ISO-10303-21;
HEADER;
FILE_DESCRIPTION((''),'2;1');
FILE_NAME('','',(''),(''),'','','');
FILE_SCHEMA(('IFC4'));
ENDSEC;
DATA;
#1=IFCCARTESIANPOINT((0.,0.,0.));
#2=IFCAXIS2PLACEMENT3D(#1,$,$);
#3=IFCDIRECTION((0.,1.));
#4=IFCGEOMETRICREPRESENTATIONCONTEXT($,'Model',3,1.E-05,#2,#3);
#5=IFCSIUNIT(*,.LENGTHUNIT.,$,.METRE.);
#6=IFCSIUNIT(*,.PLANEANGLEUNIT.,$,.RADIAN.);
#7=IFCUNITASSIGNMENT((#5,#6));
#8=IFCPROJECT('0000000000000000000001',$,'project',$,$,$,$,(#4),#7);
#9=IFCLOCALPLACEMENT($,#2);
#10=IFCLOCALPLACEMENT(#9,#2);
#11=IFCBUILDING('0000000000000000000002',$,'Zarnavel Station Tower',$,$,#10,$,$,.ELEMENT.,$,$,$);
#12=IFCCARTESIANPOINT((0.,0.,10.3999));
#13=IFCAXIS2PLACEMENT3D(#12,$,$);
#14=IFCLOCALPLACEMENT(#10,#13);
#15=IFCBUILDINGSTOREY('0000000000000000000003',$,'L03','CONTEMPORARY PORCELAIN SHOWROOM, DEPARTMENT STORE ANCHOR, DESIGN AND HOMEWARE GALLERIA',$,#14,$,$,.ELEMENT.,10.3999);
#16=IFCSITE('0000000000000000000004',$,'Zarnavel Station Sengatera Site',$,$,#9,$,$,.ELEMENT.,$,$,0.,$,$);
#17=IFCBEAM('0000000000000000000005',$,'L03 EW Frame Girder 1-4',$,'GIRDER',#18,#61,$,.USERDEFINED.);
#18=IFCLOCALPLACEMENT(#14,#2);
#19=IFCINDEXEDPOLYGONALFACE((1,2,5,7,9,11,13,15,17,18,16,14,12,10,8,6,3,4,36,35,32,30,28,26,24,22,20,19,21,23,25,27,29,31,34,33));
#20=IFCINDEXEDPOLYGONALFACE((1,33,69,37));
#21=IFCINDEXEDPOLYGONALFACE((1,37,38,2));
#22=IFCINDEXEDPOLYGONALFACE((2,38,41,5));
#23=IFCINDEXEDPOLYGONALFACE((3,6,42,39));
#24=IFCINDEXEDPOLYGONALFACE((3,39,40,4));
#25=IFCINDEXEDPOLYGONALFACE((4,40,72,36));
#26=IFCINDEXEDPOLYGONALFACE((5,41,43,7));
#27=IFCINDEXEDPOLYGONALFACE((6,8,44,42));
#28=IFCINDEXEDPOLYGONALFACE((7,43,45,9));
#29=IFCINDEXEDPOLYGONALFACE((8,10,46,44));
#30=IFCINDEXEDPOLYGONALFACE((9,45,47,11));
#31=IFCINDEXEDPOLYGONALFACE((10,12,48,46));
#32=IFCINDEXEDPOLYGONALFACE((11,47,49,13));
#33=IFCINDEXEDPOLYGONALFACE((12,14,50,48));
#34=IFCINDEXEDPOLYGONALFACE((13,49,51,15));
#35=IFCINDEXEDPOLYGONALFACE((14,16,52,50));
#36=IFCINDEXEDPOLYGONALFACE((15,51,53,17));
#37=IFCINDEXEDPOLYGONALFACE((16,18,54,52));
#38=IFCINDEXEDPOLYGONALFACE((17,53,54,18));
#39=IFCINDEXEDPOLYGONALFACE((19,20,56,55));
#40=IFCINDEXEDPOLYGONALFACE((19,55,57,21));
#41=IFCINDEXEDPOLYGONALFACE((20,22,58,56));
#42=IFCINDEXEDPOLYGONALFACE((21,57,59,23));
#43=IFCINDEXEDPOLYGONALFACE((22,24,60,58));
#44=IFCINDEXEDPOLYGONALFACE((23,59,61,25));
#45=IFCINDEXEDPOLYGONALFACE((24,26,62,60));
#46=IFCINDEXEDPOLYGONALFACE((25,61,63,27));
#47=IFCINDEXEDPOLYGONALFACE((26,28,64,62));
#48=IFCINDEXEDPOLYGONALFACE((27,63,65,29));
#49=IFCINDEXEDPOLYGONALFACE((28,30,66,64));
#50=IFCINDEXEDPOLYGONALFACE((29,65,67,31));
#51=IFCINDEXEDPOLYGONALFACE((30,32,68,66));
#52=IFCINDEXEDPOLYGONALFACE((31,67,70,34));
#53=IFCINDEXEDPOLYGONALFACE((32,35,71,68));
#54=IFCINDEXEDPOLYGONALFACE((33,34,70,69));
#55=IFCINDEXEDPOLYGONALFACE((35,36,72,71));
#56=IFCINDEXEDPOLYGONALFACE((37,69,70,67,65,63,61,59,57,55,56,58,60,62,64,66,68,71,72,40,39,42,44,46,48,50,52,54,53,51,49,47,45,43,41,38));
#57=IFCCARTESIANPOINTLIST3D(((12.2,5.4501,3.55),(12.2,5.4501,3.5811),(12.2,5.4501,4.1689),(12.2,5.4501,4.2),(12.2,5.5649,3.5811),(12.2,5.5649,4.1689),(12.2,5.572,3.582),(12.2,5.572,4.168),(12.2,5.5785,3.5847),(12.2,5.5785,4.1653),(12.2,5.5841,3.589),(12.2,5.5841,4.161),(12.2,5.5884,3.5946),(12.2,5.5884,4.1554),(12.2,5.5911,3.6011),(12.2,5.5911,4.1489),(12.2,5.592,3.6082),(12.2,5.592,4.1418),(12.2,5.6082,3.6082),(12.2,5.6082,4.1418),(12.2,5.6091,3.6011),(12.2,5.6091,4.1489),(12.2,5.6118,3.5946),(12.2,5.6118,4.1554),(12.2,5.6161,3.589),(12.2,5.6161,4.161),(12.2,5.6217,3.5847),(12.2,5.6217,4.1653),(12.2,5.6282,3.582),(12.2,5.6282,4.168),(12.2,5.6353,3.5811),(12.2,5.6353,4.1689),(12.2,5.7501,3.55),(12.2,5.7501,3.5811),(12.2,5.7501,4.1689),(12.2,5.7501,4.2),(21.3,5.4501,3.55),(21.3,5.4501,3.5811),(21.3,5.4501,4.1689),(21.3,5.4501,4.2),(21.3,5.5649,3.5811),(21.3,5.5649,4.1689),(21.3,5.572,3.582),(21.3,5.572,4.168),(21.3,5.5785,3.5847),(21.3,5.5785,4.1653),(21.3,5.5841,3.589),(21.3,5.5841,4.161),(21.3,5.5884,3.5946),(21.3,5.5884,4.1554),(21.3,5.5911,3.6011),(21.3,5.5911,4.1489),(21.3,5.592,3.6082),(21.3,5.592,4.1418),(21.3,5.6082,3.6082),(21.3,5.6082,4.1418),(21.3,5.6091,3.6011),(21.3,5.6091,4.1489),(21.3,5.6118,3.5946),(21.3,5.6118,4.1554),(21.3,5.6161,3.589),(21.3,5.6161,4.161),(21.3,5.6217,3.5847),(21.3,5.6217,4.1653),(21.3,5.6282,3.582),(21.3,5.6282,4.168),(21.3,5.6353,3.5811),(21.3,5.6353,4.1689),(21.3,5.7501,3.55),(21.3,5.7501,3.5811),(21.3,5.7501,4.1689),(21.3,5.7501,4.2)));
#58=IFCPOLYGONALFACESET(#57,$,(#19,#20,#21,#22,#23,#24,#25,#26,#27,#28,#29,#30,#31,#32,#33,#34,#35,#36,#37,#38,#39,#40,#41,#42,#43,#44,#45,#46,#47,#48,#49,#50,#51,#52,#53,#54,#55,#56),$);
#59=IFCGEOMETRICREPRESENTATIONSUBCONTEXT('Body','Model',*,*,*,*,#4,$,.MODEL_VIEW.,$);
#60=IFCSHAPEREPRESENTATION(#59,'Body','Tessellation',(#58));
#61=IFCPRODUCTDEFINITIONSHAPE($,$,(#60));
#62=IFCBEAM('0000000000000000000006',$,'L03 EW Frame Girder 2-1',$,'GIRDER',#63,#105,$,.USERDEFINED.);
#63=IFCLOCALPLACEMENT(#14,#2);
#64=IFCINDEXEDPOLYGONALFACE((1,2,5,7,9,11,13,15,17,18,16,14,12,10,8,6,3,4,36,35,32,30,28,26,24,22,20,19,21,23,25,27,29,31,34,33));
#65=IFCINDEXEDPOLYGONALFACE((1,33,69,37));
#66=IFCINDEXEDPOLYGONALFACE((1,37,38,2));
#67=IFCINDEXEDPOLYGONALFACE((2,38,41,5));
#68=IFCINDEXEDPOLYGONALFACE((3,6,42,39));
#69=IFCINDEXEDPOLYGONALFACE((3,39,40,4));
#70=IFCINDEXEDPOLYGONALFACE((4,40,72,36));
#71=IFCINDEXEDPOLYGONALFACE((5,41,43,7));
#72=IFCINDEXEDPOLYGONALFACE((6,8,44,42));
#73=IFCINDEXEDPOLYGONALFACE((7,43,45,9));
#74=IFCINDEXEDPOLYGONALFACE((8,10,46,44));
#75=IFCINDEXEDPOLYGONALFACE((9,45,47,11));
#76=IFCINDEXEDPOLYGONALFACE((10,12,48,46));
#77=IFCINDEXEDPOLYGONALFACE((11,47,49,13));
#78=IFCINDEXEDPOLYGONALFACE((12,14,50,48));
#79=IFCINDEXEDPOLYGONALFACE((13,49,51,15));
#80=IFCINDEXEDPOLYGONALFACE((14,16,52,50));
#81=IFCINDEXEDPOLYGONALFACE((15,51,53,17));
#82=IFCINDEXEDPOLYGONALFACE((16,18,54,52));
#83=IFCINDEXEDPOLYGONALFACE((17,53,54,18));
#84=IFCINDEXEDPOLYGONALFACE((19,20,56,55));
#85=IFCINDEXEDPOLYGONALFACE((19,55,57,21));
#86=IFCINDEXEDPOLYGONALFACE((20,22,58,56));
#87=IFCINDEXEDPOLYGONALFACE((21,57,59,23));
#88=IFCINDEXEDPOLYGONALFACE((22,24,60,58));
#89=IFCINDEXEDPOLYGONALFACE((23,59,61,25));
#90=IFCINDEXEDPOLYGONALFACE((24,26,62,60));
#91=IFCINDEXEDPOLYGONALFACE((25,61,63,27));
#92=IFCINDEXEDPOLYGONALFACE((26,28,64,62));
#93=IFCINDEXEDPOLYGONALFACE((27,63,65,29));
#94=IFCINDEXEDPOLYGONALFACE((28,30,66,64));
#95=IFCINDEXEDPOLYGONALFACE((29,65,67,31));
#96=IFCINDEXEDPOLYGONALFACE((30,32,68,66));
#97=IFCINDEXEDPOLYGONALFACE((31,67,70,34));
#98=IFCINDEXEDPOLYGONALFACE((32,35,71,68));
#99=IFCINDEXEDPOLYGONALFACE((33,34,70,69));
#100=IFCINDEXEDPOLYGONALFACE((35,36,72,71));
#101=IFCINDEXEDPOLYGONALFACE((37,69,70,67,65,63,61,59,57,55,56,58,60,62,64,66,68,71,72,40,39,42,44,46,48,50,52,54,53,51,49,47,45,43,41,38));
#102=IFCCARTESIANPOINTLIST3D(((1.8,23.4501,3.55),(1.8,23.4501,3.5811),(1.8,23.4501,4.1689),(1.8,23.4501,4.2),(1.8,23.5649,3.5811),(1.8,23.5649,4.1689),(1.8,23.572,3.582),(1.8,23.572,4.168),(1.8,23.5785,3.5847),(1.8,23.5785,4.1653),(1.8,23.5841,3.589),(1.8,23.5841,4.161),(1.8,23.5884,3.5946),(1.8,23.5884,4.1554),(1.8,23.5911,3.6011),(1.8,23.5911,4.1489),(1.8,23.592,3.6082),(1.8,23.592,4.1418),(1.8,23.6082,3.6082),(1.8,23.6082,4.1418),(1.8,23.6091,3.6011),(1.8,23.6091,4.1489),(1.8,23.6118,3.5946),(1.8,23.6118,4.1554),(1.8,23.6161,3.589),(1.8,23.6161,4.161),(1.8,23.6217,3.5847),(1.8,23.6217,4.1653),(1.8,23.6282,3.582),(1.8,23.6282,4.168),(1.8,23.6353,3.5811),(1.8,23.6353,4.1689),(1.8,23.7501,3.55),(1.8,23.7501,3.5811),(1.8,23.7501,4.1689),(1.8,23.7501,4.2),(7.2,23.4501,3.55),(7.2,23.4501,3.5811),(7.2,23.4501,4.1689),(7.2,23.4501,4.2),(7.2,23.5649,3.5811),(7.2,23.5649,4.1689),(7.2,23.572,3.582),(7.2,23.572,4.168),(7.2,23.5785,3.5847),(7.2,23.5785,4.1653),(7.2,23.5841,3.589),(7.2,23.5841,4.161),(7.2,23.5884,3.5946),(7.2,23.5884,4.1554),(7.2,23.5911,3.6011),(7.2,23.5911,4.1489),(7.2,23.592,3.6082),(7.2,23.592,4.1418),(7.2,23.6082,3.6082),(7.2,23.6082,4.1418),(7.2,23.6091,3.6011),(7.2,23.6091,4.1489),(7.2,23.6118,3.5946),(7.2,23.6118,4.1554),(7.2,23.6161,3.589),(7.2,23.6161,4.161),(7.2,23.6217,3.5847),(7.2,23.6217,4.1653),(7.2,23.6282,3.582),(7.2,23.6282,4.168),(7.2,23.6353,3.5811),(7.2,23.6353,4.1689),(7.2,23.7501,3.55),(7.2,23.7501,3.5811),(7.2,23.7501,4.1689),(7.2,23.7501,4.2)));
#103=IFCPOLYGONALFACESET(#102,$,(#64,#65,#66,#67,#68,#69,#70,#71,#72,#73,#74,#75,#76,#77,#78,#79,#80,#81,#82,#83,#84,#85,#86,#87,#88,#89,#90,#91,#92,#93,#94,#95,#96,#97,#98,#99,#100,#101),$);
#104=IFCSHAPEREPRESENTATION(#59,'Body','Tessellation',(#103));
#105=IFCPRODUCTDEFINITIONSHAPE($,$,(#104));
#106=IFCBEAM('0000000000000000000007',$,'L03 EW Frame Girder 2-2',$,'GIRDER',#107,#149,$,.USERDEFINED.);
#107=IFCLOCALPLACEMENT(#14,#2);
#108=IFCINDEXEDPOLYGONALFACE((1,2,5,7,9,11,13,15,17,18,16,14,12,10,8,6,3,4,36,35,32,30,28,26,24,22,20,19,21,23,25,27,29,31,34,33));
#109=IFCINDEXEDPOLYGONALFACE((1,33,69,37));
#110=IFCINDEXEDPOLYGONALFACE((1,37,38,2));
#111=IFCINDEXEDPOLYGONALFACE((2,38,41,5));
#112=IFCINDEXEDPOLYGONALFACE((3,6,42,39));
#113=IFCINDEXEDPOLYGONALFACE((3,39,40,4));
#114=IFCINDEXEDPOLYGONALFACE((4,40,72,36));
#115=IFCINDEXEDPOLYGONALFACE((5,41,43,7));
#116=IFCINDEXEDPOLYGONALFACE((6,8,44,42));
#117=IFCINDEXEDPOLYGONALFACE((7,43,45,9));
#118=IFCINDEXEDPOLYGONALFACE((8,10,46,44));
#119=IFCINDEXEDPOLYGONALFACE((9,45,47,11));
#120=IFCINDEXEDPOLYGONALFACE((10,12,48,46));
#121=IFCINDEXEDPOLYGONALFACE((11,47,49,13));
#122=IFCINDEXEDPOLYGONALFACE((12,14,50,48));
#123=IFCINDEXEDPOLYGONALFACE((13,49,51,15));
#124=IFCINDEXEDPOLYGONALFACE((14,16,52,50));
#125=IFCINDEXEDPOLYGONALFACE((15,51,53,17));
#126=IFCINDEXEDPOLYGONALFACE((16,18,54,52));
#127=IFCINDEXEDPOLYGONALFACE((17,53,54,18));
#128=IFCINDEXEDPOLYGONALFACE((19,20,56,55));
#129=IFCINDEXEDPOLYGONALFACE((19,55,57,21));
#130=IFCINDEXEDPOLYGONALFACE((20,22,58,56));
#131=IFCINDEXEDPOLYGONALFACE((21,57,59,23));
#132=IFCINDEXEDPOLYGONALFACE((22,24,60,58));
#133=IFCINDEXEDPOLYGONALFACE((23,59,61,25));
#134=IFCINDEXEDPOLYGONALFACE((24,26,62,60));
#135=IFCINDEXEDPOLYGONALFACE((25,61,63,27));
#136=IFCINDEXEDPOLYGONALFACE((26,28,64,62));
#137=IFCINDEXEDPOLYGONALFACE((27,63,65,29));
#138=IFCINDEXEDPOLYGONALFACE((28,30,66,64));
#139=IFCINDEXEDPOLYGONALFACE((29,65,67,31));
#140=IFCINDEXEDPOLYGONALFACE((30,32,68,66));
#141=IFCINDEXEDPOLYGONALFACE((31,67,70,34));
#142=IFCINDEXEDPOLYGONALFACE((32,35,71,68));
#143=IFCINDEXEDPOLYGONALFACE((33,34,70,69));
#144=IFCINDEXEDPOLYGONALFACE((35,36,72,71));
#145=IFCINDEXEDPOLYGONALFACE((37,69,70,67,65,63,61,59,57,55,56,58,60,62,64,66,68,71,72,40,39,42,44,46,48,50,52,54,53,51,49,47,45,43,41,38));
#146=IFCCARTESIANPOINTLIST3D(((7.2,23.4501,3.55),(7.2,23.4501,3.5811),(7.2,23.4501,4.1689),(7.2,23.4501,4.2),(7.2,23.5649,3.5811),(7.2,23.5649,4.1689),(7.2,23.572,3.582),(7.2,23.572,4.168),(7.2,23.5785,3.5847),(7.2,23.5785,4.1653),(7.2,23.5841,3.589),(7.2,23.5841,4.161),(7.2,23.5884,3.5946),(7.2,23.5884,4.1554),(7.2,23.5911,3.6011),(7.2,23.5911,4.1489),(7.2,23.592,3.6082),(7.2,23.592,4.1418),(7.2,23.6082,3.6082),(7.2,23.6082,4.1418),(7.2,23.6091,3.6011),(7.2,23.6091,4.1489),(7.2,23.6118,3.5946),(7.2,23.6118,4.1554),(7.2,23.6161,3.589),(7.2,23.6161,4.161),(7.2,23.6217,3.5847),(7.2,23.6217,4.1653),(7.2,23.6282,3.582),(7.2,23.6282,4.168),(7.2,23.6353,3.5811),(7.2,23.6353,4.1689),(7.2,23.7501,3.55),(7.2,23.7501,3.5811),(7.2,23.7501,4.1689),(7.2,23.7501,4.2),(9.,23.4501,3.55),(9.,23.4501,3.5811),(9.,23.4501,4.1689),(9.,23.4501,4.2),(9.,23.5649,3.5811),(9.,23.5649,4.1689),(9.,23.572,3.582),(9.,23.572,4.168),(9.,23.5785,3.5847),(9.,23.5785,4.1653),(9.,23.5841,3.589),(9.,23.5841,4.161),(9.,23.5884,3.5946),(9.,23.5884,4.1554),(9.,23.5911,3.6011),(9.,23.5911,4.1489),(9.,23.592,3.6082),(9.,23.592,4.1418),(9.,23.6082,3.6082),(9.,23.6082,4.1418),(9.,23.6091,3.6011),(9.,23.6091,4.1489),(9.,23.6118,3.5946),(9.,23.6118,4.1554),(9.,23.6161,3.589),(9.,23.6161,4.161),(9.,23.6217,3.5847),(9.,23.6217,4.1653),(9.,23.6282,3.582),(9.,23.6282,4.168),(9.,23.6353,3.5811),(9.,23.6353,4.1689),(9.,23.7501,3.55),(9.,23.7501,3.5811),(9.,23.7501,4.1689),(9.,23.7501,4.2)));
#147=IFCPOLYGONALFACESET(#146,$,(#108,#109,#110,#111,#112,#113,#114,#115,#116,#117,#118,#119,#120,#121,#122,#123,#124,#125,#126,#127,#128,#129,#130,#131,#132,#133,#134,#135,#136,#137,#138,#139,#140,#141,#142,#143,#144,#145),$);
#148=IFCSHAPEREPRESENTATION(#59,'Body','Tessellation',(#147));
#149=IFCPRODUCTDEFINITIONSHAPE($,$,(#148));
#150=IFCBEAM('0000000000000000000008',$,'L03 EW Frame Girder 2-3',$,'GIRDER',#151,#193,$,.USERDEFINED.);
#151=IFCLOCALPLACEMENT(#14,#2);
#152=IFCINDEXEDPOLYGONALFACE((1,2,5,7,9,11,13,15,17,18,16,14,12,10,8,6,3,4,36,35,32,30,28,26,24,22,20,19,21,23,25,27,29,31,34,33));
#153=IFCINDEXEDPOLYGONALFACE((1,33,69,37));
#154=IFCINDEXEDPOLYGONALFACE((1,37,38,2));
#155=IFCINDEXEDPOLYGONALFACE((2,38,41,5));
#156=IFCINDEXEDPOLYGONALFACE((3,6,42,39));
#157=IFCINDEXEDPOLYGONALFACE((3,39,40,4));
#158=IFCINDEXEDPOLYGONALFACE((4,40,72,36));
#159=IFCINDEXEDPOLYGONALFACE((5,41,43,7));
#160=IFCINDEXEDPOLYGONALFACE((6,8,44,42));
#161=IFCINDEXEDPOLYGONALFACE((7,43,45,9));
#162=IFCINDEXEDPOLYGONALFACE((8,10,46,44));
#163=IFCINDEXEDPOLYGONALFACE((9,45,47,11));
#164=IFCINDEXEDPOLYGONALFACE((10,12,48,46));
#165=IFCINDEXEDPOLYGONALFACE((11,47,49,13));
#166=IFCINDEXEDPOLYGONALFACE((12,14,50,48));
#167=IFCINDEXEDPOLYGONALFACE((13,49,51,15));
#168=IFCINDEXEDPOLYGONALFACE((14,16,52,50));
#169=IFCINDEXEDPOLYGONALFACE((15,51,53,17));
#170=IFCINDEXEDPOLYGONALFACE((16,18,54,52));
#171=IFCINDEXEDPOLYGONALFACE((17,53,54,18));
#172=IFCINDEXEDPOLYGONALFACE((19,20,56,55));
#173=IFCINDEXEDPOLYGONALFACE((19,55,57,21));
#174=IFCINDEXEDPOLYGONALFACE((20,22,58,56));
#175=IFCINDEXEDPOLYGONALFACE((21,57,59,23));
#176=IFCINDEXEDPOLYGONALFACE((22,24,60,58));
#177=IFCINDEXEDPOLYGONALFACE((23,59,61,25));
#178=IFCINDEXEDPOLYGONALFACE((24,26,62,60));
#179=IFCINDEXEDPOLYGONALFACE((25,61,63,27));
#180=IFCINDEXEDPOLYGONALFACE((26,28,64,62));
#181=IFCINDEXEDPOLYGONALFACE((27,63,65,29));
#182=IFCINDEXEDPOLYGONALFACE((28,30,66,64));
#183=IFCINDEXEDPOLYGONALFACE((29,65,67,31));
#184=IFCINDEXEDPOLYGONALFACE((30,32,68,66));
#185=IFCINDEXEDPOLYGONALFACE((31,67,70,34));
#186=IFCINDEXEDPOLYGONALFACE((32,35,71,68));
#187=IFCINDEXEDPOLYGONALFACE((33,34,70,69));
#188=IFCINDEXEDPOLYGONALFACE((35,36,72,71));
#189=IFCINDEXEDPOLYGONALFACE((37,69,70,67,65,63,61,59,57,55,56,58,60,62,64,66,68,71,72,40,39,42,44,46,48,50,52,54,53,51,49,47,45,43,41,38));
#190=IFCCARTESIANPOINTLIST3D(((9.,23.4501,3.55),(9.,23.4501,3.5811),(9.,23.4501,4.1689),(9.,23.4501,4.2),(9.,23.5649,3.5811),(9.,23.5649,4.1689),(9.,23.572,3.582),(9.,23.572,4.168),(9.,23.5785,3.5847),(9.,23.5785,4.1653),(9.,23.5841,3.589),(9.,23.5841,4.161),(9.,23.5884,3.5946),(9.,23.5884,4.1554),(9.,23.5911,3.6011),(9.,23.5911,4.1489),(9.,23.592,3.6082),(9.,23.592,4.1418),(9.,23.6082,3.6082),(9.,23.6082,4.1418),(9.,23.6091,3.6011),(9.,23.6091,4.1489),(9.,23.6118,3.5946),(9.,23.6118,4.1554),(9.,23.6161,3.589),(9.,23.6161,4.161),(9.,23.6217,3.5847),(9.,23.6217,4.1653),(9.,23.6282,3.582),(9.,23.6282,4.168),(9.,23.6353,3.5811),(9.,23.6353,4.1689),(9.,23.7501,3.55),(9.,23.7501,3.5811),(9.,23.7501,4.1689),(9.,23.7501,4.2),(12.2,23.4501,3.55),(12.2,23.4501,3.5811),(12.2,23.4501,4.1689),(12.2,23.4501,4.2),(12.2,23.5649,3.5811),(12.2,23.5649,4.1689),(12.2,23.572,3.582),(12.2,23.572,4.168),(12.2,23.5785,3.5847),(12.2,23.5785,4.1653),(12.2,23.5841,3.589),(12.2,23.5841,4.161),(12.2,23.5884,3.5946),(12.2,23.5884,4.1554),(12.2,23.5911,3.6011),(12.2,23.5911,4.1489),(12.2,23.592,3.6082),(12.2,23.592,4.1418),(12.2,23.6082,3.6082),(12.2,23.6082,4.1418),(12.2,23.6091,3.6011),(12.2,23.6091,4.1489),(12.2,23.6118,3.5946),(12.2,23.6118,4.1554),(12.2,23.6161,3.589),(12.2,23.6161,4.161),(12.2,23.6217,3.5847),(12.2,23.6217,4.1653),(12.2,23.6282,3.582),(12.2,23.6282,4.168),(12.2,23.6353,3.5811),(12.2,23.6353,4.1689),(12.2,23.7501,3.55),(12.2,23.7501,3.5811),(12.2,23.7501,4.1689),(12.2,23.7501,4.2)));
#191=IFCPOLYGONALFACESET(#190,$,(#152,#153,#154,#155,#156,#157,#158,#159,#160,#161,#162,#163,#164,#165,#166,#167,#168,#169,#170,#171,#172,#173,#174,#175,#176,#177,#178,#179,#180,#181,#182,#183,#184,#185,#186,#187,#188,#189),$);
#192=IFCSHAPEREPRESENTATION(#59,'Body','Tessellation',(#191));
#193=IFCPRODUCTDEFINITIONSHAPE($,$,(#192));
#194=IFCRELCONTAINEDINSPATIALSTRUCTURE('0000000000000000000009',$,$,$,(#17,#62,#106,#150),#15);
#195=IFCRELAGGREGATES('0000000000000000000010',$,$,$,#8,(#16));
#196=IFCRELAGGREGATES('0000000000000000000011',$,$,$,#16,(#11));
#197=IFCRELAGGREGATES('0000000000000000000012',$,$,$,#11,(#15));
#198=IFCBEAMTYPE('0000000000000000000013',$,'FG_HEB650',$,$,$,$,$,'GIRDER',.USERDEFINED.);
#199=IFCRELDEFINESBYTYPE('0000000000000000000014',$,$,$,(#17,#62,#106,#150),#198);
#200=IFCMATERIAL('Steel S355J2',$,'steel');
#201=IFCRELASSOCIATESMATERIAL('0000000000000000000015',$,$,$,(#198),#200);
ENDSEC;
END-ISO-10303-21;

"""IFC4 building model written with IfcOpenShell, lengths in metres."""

from ifc_helpers import new_model, si_unit, direction, frame, origin, origin_2d, place, context, subcontext, project, spatial, i_section, extrude, material, material_profile, profile_set, type_object, element, save


model = new_model("IFC4")

# Units and contexts
model_context = context("Model", 3, precision=1e-05, world=origin(), true_north=direction((0.0, 1.0)))
body_context = subcontext(model_context, "Body", "Model", "MODEL_VIEW")
ifc_project = project(units=[si_unit("LENGTHUNIT", "METRE"), si_unit("PLANEANGLEUNIT", "RADIAN")], contexts=[model_context])

# Site, building, storey
site_placement = place(None, origin())
site = spatial("IfcSite", under=ifc_project, at=site_placement, Name="Zarnavel Station Sengatera Site", CompositionType="ELEMENT", RefElevation=0.0)
building_placement = place(site_placement, origin())
building = spatial("IfcBuilding", under=site, at=building_placement, Name="Zarnavel Station Tower", CompositionType="ELEMENT")
storey_placement = place(building_placement, frame((0.0, 0.0, 10.3999)))
storey = spatial("IfcBuildingStorey", under=building, at=storey_placement, Name="L03", Description="CONTEMPORARY PORCELAIN SHOWROOM, DEPARTMENT STORE ANCHOR, DESIGN AND HOMEWARE GALLERIA", CompositionType="ELEMENT", Elevation=10.3999)

# Beams
ifc_material_1 = material(Name="Steel S355J2", Category="steel")
ifc_material_profile_1 = material_profile(ifc_material_1, i_section(OverallWidth=0.3, OverallDepth=0.6499, WebThickness=0.0161, FlangeThickness=0.031, FilletRadius=0.0271, at=origin_2d()), Name="HEB650")
ifc_profile_set_1 = profile_set([ifc_material_profile_1], Name="Steel S355J2")
beam_type_1 = type_object("IfcBeamType", Name="FG_HEB650", ElementType="GIRDER", PredefinedType="USERDEFINED", material=ifc_profile_set_1)
beam_1_placement = place(storey_placement, frame((12.2, 5.6001, 3.875), z_axis=(1.0, 0.0, 0.0), x_axis=(0.0, 1.0, 0.0)))
element("IfcBeam", 1, at=beam_1_placement, inside=storey, type_object=beam_type_1, Name="L03 EW Frame Girder 1-4", ObjectType="GIRDER", PredefinedType="USERDEFINED", context=body_context, shape_type="SweptSolid", body=[
    extrude(i_section(OverallWidth=0.3, OverallDepth=0.6499, WebThickness=0.0161, FlangeThickness=0.031, FilletRadius=0.0271, at=origin_2d()), origin(), (0.0, 0.0, 1.0), 9.1001),
])
beam_2_placement = place(storey_placement, frame((1.8, 23.6001, 3.875), z_axis=(1.0, 0.0, 0.0), x_axis=(0.0, 1.0, 0.0)))
element("IfcBeam", 2, at=beam_2_placement, inside=storey, type_object=beam_type_1, Name="L03 EW Frame Girder 2-1", ObjectType="GIRDER", PredefinedType="USERDEFINED", context=body_context, shape_type="SweptSolid", body=[
    extrude(i_section(OverallWidth=0.3, OverallDepth=0.6499, WebThickness=0.0161, FlangeThickness=0.031, FilletRadius=0.0271, at=origin_2d()), origin(), (0.0, 0.0, 1.0), 5.3999),
])
beam_3_placement = place(storey_placement, frame((7.2, 23.6001, 3.875), z_axis=(1.0, 0.0, 0.0), x_axis=(0.0, 1.0, 0.0)))
element("IfcBeam", 3, at=beam_3_placement, inside=storey, type_object=beam_type_1, Name="L03 EW Frame Girder 2-2", ObjectType="GIRDER", PredefinedType="USERDEFINED", context=body_context, shape_type="SweptSolid", body=[
    extrude(i_section(OverallWidth=0.3, OverallDepth=0.6499, WebThickness=0.0161, FlangeThickness=0.031, FilletRadius=0.0271, at=origin_2d()), origin(), (0.0, 0.0, 1.0), 1.8),
])
beam_4_placement = place(storey_placement, frame((9.0, 23.6001, 3.875), z_axis=(1.0, 0.0, 0.0), x_axis=(0.0, 1.0, 0.0)))
element("IfcBeam", 4, at=beam_4_placement, inside=storey, type_object=beam_type_1, Name="L03 EW Frame Girder 2-3", ObjectType="GIRDER", PredefinedType="USERDEFINED", context=body_context, shape_type="SweptSolid", body=[
    extrude(i_section(OverallWidth=0.3, OverallDepth=0.6499, WebThickness=0.0161, FlangeThickness=0.031, FilletRadius=0.0271, at=origin_2d()), origin(), (0.0, 0.0, 1.0), 3.2),
])

save(model, "model.ifc")
